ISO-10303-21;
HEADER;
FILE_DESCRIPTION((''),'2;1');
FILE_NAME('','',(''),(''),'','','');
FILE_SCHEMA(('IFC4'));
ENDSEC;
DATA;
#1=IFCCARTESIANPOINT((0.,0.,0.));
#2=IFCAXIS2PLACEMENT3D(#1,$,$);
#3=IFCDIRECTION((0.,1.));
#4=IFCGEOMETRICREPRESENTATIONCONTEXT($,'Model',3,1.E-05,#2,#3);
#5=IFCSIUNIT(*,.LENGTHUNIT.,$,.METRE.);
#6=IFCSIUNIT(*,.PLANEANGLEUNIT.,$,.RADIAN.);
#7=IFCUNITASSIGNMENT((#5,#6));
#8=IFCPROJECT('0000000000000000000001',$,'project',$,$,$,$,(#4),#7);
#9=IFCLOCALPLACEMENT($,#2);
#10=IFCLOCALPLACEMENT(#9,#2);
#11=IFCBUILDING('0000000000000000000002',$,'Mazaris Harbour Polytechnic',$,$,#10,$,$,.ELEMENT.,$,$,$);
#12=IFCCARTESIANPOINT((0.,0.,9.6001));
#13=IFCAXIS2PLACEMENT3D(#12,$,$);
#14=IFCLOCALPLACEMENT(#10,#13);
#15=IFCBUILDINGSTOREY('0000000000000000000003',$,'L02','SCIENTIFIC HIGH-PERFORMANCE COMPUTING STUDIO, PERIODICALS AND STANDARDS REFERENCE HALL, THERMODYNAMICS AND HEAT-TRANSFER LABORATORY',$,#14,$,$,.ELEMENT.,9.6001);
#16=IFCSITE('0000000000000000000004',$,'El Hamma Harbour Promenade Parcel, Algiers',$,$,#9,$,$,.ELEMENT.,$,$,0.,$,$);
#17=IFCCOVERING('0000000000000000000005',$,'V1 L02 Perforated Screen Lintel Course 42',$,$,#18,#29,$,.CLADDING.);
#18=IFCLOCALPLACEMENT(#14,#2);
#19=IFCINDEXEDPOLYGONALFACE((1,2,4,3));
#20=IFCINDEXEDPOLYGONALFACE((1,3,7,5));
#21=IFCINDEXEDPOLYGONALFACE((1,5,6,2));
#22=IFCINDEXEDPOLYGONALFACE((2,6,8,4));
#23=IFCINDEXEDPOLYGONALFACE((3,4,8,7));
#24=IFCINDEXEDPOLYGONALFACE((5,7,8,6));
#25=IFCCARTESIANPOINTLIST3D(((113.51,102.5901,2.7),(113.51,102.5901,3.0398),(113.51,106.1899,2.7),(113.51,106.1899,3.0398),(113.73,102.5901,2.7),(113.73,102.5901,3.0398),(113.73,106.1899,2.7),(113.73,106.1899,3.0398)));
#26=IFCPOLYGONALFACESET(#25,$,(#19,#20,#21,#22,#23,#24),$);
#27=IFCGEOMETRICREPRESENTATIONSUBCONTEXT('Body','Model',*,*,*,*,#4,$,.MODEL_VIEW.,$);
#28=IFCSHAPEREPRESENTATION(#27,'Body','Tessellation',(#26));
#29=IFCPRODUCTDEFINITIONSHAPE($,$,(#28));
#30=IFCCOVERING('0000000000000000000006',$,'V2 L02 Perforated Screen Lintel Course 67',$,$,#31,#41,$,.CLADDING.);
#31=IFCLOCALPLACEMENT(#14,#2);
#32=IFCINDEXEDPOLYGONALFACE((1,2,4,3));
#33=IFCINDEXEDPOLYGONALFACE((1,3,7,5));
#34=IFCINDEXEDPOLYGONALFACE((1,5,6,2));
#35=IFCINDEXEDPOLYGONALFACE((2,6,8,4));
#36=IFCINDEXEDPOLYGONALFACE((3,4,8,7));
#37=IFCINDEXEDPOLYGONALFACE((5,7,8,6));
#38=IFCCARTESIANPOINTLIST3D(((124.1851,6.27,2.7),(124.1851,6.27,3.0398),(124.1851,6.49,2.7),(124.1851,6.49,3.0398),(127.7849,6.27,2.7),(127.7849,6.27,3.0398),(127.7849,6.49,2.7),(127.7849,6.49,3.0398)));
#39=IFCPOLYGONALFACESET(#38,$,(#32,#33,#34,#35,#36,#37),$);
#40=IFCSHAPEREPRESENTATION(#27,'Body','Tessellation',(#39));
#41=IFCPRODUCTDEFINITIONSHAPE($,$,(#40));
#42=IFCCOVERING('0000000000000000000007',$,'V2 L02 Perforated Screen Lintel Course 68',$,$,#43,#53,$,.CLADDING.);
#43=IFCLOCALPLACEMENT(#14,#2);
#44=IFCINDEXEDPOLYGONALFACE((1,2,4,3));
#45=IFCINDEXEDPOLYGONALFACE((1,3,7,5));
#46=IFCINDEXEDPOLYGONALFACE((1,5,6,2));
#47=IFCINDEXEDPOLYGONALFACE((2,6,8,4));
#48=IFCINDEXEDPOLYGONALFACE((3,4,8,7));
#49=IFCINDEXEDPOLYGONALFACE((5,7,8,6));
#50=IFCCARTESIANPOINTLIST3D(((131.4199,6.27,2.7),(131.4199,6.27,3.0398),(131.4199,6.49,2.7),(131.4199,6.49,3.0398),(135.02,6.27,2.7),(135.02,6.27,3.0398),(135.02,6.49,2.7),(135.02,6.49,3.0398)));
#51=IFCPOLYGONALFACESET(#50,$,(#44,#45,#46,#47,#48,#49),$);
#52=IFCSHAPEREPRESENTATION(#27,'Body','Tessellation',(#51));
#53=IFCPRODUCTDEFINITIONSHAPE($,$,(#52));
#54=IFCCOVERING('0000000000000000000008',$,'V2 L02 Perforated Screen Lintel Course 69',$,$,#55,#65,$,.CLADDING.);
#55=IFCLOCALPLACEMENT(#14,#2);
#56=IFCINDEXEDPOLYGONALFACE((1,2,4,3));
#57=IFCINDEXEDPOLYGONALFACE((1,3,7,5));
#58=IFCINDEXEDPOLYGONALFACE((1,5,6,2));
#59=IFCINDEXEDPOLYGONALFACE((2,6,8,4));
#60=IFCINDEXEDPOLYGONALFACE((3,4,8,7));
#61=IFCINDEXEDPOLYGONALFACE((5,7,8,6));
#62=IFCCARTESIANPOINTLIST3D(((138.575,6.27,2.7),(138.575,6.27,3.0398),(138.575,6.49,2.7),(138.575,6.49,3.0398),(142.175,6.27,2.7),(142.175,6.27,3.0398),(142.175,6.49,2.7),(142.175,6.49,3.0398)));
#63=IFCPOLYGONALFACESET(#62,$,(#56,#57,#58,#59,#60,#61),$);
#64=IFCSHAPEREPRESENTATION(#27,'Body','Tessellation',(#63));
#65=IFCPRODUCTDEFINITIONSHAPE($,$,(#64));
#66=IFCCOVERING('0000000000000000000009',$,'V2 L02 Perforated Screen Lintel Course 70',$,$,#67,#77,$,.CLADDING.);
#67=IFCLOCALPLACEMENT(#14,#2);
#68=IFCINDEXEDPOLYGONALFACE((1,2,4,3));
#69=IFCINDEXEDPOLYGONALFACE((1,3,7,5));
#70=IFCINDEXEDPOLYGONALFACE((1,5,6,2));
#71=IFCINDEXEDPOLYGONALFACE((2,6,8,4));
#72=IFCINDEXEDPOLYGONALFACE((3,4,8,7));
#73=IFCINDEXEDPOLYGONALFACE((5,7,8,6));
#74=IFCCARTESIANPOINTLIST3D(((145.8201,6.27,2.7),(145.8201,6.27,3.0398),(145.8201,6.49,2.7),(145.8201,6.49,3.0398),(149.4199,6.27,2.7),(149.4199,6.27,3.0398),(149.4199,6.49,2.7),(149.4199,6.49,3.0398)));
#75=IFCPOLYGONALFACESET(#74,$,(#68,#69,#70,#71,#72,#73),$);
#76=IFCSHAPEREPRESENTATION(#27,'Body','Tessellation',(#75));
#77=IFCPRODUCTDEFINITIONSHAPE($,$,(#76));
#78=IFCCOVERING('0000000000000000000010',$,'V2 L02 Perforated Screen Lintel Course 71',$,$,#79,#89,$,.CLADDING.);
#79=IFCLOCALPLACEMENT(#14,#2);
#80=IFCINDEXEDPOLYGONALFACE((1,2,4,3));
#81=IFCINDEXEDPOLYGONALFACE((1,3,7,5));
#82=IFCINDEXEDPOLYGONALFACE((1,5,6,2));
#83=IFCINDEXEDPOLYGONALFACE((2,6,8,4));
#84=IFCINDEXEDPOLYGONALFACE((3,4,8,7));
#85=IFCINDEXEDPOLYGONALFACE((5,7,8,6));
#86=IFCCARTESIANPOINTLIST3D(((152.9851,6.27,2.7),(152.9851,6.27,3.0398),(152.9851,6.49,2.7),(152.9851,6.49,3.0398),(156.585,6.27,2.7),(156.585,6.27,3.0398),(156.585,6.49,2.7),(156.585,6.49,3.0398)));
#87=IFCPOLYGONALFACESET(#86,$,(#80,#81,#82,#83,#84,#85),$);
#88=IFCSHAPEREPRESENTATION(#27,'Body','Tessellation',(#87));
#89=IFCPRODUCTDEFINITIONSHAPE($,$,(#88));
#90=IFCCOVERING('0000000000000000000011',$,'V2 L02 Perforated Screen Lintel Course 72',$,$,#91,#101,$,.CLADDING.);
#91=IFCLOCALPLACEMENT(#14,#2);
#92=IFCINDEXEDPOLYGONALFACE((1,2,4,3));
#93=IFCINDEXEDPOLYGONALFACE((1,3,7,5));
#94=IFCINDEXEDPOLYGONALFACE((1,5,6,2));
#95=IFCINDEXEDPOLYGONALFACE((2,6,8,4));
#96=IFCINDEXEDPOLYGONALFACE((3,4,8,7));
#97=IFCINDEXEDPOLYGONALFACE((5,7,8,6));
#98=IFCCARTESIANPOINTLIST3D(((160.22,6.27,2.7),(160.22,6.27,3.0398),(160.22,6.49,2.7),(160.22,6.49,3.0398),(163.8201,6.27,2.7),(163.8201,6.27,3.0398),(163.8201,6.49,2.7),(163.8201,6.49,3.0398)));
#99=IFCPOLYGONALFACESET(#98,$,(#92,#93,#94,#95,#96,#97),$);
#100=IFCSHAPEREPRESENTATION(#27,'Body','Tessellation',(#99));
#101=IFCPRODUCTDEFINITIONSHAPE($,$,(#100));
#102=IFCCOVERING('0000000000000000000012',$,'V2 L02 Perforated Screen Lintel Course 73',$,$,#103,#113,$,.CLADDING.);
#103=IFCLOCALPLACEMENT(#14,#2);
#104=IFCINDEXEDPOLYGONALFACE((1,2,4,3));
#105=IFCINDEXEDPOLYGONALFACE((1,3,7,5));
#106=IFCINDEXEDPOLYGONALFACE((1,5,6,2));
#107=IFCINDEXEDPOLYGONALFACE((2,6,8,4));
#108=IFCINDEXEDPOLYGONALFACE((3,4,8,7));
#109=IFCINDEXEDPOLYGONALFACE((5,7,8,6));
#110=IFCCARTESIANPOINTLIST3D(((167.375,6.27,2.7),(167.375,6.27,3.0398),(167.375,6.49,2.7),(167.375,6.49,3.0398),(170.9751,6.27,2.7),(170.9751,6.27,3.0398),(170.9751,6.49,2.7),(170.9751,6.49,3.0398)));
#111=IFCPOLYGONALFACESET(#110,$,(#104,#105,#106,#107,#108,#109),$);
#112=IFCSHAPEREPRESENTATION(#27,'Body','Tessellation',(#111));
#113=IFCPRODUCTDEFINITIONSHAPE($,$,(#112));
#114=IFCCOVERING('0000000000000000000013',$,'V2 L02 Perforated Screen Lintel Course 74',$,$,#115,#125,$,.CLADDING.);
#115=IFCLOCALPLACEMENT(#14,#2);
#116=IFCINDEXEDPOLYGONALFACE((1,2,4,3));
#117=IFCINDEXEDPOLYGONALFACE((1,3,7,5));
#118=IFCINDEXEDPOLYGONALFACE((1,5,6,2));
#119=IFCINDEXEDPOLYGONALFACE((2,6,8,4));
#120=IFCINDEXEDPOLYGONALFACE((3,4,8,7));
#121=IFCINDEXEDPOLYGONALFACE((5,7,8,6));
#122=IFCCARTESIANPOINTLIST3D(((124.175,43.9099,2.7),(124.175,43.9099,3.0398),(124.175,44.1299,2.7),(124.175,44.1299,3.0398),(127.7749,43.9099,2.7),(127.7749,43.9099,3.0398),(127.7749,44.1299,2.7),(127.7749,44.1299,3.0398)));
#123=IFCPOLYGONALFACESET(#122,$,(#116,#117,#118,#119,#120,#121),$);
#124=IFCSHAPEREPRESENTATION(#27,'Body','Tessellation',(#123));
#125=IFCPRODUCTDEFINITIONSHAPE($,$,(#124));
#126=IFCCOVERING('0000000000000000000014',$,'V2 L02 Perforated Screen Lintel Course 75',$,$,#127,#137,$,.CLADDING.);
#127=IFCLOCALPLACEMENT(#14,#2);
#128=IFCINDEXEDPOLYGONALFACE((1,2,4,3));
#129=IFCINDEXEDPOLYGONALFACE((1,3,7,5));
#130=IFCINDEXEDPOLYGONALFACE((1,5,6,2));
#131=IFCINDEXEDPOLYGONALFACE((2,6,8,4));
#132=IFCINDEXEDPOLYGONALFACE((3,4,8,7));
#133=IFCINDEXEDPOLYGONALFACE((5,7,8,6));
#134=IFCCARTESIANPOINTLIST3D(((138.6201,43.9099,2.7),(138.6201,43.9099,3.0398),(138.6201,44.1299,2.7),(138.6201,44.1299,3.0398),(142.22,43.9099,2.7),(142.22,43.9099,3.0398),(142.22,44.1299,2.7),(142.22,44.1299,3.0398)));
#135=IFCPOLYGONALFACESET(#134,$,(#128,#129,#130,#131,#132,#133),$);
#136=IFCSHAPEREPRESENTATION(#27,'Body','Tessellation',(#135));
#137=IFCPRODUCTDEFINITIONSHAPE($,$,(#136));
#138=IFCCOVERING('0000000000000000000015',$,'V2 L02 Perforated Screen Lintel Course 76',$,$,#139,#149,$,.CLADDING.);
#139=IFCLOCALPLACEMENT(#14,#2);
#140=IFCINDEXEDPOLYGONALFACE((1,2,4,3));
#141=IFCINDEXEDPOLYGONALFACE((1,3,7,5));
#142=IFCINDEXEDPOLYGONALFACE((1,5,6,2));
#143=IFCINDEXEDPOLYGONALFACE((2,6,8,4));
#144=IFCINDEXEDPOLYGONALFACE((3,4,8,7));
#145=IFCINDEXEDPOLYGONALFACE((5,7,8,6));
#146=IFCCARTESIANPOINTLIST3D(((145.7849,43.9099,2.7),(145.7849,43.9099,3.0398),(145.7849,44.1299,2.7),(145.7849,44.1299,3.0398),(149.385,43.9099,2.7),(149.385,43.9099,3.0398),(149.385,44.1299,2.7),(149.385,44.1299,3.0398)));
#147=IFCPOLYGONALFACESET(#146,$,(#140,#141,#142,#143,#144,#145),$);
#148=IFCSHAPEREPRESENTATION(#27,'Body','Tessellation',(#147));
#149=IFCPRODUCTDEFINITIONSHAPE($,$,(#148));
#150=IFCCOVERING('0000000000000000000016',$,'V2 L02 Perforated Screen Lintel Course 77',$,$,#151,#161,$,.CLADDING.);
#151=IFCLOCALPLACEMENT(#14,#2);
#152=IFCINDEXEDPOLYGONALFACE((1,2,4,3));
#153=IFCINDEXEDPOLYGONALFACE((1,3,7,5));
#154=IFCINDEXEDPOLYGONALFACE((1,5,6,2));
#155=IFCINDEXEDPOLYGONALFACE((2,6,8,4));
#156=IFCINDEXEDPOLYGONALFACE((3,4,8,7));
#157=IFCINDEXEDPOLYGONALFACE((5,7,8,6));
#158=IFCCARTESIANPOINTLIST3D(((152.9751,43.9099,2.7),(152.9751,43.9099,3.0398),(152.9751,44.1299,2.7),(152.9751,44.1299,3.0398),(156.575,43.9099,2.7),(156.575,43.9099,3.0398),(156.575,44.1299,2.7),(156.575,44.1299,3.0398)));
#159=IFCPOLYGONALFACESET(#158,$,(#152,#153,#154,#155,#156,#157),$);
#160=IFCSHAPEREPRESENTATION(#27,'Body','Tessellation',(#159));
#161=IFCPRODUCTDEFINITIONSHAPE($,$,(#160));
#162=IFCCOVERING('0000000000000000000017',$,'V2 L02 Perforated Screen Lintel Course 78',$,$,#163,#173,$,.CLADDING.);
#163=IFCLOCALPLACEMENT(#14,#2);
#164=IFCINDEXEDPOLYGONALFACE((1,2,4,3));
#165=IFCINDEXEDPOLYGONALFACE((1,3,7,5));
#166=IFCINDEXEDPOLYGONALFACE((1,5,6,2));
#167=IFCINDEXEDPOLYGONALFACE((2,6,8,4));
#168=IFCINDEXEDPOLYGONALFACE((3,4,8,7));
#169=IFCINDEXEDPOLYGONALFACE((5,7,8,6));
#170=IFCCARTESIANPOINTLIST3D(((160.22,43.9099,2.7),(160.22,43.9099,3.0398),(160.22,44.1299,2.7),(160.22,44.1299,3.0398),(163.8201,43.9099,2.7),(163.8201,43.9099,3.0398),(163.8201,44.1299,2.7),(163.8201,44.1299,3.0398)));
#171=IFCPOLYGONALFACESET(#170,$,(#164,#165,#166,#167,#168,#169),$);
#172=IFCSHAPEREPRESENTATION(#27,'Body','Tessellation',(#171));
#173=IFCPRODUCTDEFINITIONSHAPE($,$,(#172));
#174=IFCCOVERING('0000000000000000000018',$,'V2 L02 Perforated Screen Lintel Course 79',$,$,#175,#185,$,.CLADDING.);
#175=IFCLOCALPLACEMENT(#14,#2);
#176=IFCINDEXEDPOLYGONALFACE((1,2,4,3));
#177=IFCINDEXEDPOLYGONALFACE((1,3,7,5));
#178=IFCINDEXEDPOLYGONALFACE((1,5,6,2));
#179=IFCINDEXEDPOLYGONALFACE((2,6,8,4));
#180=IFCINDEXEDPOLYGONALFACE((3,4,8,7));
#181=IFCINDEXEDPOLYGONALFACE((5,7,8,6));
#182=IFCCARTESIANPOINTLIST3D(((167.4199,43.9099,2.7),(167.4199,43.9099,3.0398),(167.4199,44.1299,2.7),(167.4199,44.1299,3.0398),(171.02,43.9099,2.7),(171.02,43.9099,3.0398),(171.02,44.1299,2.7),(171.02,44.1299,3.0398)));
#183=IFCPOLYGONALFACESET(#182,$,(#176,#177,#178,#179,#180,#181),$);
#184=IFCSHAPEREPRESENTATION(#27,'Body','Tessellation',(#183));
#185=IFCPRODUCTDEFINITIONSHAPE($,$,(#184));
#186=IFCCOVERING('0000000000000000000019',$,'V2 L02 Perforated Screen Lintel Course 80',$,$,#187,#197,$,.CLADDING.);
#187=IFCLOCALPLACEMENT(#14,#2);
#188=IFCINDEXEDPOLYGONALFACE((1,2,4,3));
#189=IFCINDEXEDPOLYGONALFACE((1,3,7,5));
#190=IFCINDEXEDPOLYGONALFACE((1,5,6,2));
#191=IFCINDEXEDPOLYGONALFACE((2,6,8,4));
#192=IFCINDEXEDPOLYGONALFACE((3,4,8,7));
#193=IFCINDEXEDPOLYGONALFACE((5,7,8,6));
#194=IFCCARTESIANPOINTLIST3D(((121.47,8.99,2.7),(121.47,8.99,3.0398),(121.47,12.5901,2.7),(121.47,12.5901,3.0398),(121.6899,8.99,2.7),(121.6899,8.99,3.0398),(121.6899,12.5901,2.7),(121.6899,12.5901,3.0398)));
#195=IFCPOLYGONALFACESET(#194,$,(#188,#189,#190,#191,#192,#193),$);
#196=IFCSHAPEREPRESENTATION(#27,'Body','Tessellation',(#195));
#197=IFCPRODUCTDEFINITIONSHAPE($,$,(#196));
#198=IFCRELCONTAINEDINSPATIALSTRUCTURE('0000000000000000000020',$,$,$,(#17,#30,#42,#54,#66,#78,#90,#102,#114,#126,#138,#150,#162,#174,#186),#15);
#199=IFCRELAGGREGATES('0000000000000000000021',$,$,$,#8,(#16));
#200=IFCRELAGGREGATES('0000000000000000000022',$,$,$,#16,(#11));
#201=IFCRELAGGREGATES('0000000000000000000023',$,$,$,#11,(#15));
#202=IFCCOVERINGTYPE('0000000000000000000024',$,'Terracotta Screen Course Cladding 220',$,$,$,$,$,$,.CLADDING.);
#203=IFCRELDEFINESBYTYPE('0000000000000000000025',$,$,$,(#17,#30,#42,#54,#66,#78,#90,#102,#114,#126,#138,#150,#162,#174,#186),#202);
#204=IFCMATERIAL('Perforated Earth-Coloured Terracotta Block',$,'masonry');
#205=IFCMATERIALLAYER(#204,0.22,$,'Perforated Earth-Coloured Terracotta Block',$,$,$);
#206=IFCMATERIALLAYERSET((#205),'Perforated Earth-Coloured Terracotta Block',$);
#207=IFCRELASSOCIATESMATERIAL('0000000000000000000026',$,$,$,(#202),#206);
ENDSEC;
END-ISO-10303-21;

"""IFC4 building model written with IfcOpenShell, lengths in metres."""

from ifc_helpers import new_model, si_unit, direction, frame, origin, place, context, subcontext, project, spatial, polyline, outline, extrude, material, layer, layer_set, type_object, element, save


model = new_model("IFC4")

# Units and contexts
model_context = context("Model", 3, precision=1e-05, world=origin(), true_north=direction((0.0, 1.0)))
body_context = subcontext(model_context, "Body", "Model", "MODEL_VIEW")
ifc_project = project(units=[si_unit("LENGTHUNIT", "METRE"), si_unit("PLANEANGLEUNIT", "RADIAN")], contexts=[model_context])

# Site, building, storey
site_placement = place(None, origin())
site = spatial("IfcSite", under=ifc_project, at=site_placement, Name="El Hamma Harbour Promenade Parcel, Algiers", CompositionType="ELEMENT", RefElevation=0.0)
building_placement = place(site_placement, origin())
building = spatial("IfcBuilding", under=site, at=building_placement, Name="Mazaris Harbour Polytechnic", CompositionType="ELEMENT")
storey_placement = place(building_placement, frame((0.0, 0.0, 9.6001)))
storey = spatial("IfcBuildingStorey", under=building, at=storey_placement, Name="L02", Description="SCIENTIFIC HIGH-PERFORMANCE COMPUTING STUDIO, PERIODICALS AND STANDARDS REFERENCE HALL, THERMODYNAMICS AND HEAT-TRANSFER LABORATORY", CompositionType="ELEMENT", Elevation=9.6001)

# Coverings
ifc_material = material(Name="Perforated Earth-Coloured Terracotta Block", Category="masonry")
ifc_layer = layer(ifc_material, 0.22, Name="Perforated Earth-Coloured Terracotta Block")
ifc_layer_set = layer_set([ifc_layer], Name="Perforated Earth-Coloured Terracotta Block")
covering_type = type_object("IfcCoveringType", Name="Terracotta Screen Course Cladding 220", PredefinedType="CLADDING", material=ifc_layer_set)
covering_1_placement = place(storey_placement, frame((0.0, 0.0, 2.7)))
element("IfcCovering", 1, at=covering_1_placement, inside=storey, type_object=covering_type, Name="V1 L02 Perforated Screen Lintel Course 42", PredefinedType="CLADDING", context=body_context, shape_type="SweptSolid", body=[
    extrude(outline(polyline([(113.51, 106.1899), (113.51, 102.5901), (113.73, 102.5901), (113.73, 106.1899), (113.51, 106.1899)])), origin(), (0.0, 0.0, 1.0), 0.3398),
])
covering_2_placement = place(storey_placement, frame((0.0, 0.0, 2.7)))
element("IfcCovering", 2, at=covering_2_placement, inside=storey, type_object=covering_type, Name="V2 L02 Perforated Screen Lintel Course 67", PredefinedType="CLADDING", context=body_context, shape_type="SweptSolid", body=[
    extrude(outline(polyline([(127.7849, 6.49), (124.1851, 6.49), (124.1851, 6.27), (127.7849, 6.27), (127.7849, 6.49)])), origin(), (0.0, 0.0, 1.0), 0.3398),
])
covering_3_placement = place(storey_placement, frame((0.0, 0.0, 2.7)))
element("IfcCovering", 3, at=covering_3_placement, inside=storey, type_object=covering_type, Name="V2 L02 Perforated Screen Lintel Course 68", PredefinedType="CLADDING", context=body_context, shape_type="SweptSolid", body=[
    extrude(outline(polyline([(135.02, 6.49), (131.4199, 6.49), (131.4199, 6.27), (135.02, 6.27), (135.02, 6.49)])), origin(), (0.0, 0.0, 1.0), 0.3398),
])
covering_4_placement = place(storey_placement, frame((0.0, 0.0, 2.7)))
element("IfcCovering", 4, at=covering_4_placement, inside=storey, type_object=covering_type, Name="V2 L02 Perforated Screen Lintel Course 69", PredefinedType="CLADDING", context=body_context, shape_type="SweptSolid", body=[
    extrude(outline(polyline([(142.175, 6.49), (138.575, 6.49), (138.575, 6.27), (142.175, 6.27), (142.175, 6.49)])), origin(), (0.0, 0.0, 1.0), 0.3398),
])
covering_5_placement = place(storey_placement, frame((0.0, 0.0, 2.7)))
element("IfcCovering", 5, at=covering_5_placement, inside=storey, type_object=covering_type, Name="V2 L02 Perforated Screen Lintel Course 70", PredefinedType="CLADDING", context=body_context, shape_type="SweptSolid", body=[
    extrude(outline(polyline([(149.4199, 6.49), (145.8201, 6.49), (145.8201, 6.27), (149.4199, 6.27), (149.4199, 6.49)])), origin(), (0.0, 0.0, 1.0), 0.3398),
])
covering_6_placement = place(storey_placement, frame((0.0, 0.0, 2.7)))
element("IfcCovering", 6, at=covering_6_placement, inside=storey, type_object=covering_type, Name="V2 L02 Perforated Screen Lintel Course 71", PredefinedType="CLADDING", context=body_context, shape_type="SweptSolid", body=[
    extrude(outline(polyline([(156.585, 6.49), (152.9851, 6.49), (152.9851, 6.27), (156.585, 6.27), (156.585, 6.49)])), origin(), (0.0, 0.0, 1.0), 0.3398),
])
covering_7_placement = place(storey_placement, frame((0.0, 0.0, 2.7)))
element("IfcCovering", 7, at=covering_7_placement, inside=storey, type_object=covering_type, Name="V2 L02 Perforated Screen Lintel Course 72", PredefinedType="CLADDING", context=body_context, shape_type="SweptSolid", body=[
    extrude(outline(polyline([(163.8201, 6.49), (160.22, 6.49), (160.22, 6.27), (163.8201, 6.27), (163.8201, 6.49)])), origin(), (0.0, 0.0, 1.0), 0.3398),
])
covering_8_placement = place(storey_placement, frame((0.0, 0.0, 2.7)))
element("IfcCovering", 8, at=covering_8_placement, inside=storey, type_object=covering_type, Name="V2 L02 Perforated Screen Lintel Course 73", PredefinedType="CLADDING", context=body_context, shape_type="SweptSolid", body=[
    extrude(outline(polyline([(170.9751, 6.49), (167.375, 6.49), (167.375, 6.27), (170.9751, 6.27), (170.9751, 6.49)])), origin(), (0.0, 0.0, 1.0), 0.3398),
])
covering_9_placement = place(storey_placement, frame((0.0, 0.0, 2.7)))
element("IfcCovering", 9, at=covering_9_placement, inside=storey, type_object=covering_type, Name="V2 L02 Perforated Screen Lintel Course 74", PredefinedType="CLADDING", context=body_context, shape_type="SweptSolid", body=[
    extrude(outline(polyline([(124.175, 43.9099), (127.7749, 43.9099), (127.7749, 44.1299), (124.175, 44.1299), (124.175, 43.9099)])), origin(), (0.0, 0.0, 1.0), 0.3398),
])
covering_10_placement = place(storey_placement, frame((0.0, 0.0, 2.7)))
element("IfcCovering", 10, at=covering_10_placement, inside=storey, type_object=covering_type, Name="V2 L02 Perforated Screen Lintel Course 75", PredefinedType="CLADDING", context=body_context, shape_type="SweptSolid", body=[
    extrude(outline(polyline([(138.6201, 43.9099), (142.22, 43.9099), (142.22, 44.1299), (138.6201, 44.1299), (138.6201, 43.9099)])), origin(), (0.0, 0.0, 1.0), 0.3398),
])
covering_11_placement = place(storey_placement, frame((0.0, 0.0, 2.7)))
element("IfcCovering", 11, at=covering_11_placement, inside=storey, type_object=covering_type, Name="V2 L02 Perforated Screen Lintel Course 76", PredefinedType="CLADDING", context=body_context, shape_type="SweptSolid", body=[
    extrude(outline(polyline([(145.7849, 43.9099), (149.385, 43.9099), (149.385, 44.1299), (145.7849, 44.1299), (145.7849, 43.9099)])), origin(), (0.0, 0.0, 1.0), 0.3398),
])
covering_12_placement = place(storey_placement, frame((0.0, 0.0, 2.7)))
element("IfcCovering", 12, at=covering_12_placement, inside=storey, type_object=covering_type, Name="V2 L02 Perforated Screen Lintel Course 77", PredefinedType="CLADDING", context=body_context, shape_type="SweptSolid", body=[
    extrude(outline(polyline([(152.9751, 43.9099), (156.575, 43.9099), (156.575, 44.1299), (152.9751, 44.1299), (152.9751, 43.9099)])), origin(), (0.0, 0.0, 1.0), 0.3398),
])
covering_13_placement = place(storey_placement, frame((0.0, 0.0, 2.7)))
element("IfcCovering", 13, at=covering_13_placement, inside=storey, type_object=covering_type, Name="V2 L02 Perforated Screen Lintel Course 78", PredefinedType="CLADDING", context=body_context, shape_type="SweptSolid", body=[
    extrude(outline(polyline([(160.22, 43.9099), (163.8201, 43.9099), (163.8201, 44.1299), (160.22, 44.1299), (160.22, 43.9099)])), origin(), (0.0, 0.0, 1.0), 0.3398),
])
covering_14_placement = place(storey_placement, frame((0.0, 0.0, 2.7)))
element("IfcCovering", 14, at=covering_14_placement, inside=storey, type_object=covering_type, Name="V2 L02 Perforated Screen Lintel Course 79", PredefinedType="CLADDING", context=body_context, shape_type="SweptSolid", body=[
    extrude(outline(polyline([(167.4199, 43.9099), (171.02, 43.9099), (171.02, 44.1299), (167.4199, 44.1299), (167.4199, 43.9099)])), origin(), (0.0, 0.0, 1.0), 0.3398),
])
covering_15_placement = place(storey_placement, frame((0.0, 0.0, 2.7)))
element("IfcCovering", 15, at=covering_15_placement, inside=storey, type_object=covering_type, Name="V2 L02 Perforated Screen Lintel Course 80", PredefinedType="CLADDING", context=body_context, shape_type="SweptSolid", body=[
    extrude(outline(polyline([(121.6899, 8.99), (121.6899, 12.5901), (121.47, 12.5901), (121.47, 8.99), (121.6899, 8.99)])), origin(), (0.0, 0.0, 1.0), 0.3398),
])

save(model, "model.ifc")
